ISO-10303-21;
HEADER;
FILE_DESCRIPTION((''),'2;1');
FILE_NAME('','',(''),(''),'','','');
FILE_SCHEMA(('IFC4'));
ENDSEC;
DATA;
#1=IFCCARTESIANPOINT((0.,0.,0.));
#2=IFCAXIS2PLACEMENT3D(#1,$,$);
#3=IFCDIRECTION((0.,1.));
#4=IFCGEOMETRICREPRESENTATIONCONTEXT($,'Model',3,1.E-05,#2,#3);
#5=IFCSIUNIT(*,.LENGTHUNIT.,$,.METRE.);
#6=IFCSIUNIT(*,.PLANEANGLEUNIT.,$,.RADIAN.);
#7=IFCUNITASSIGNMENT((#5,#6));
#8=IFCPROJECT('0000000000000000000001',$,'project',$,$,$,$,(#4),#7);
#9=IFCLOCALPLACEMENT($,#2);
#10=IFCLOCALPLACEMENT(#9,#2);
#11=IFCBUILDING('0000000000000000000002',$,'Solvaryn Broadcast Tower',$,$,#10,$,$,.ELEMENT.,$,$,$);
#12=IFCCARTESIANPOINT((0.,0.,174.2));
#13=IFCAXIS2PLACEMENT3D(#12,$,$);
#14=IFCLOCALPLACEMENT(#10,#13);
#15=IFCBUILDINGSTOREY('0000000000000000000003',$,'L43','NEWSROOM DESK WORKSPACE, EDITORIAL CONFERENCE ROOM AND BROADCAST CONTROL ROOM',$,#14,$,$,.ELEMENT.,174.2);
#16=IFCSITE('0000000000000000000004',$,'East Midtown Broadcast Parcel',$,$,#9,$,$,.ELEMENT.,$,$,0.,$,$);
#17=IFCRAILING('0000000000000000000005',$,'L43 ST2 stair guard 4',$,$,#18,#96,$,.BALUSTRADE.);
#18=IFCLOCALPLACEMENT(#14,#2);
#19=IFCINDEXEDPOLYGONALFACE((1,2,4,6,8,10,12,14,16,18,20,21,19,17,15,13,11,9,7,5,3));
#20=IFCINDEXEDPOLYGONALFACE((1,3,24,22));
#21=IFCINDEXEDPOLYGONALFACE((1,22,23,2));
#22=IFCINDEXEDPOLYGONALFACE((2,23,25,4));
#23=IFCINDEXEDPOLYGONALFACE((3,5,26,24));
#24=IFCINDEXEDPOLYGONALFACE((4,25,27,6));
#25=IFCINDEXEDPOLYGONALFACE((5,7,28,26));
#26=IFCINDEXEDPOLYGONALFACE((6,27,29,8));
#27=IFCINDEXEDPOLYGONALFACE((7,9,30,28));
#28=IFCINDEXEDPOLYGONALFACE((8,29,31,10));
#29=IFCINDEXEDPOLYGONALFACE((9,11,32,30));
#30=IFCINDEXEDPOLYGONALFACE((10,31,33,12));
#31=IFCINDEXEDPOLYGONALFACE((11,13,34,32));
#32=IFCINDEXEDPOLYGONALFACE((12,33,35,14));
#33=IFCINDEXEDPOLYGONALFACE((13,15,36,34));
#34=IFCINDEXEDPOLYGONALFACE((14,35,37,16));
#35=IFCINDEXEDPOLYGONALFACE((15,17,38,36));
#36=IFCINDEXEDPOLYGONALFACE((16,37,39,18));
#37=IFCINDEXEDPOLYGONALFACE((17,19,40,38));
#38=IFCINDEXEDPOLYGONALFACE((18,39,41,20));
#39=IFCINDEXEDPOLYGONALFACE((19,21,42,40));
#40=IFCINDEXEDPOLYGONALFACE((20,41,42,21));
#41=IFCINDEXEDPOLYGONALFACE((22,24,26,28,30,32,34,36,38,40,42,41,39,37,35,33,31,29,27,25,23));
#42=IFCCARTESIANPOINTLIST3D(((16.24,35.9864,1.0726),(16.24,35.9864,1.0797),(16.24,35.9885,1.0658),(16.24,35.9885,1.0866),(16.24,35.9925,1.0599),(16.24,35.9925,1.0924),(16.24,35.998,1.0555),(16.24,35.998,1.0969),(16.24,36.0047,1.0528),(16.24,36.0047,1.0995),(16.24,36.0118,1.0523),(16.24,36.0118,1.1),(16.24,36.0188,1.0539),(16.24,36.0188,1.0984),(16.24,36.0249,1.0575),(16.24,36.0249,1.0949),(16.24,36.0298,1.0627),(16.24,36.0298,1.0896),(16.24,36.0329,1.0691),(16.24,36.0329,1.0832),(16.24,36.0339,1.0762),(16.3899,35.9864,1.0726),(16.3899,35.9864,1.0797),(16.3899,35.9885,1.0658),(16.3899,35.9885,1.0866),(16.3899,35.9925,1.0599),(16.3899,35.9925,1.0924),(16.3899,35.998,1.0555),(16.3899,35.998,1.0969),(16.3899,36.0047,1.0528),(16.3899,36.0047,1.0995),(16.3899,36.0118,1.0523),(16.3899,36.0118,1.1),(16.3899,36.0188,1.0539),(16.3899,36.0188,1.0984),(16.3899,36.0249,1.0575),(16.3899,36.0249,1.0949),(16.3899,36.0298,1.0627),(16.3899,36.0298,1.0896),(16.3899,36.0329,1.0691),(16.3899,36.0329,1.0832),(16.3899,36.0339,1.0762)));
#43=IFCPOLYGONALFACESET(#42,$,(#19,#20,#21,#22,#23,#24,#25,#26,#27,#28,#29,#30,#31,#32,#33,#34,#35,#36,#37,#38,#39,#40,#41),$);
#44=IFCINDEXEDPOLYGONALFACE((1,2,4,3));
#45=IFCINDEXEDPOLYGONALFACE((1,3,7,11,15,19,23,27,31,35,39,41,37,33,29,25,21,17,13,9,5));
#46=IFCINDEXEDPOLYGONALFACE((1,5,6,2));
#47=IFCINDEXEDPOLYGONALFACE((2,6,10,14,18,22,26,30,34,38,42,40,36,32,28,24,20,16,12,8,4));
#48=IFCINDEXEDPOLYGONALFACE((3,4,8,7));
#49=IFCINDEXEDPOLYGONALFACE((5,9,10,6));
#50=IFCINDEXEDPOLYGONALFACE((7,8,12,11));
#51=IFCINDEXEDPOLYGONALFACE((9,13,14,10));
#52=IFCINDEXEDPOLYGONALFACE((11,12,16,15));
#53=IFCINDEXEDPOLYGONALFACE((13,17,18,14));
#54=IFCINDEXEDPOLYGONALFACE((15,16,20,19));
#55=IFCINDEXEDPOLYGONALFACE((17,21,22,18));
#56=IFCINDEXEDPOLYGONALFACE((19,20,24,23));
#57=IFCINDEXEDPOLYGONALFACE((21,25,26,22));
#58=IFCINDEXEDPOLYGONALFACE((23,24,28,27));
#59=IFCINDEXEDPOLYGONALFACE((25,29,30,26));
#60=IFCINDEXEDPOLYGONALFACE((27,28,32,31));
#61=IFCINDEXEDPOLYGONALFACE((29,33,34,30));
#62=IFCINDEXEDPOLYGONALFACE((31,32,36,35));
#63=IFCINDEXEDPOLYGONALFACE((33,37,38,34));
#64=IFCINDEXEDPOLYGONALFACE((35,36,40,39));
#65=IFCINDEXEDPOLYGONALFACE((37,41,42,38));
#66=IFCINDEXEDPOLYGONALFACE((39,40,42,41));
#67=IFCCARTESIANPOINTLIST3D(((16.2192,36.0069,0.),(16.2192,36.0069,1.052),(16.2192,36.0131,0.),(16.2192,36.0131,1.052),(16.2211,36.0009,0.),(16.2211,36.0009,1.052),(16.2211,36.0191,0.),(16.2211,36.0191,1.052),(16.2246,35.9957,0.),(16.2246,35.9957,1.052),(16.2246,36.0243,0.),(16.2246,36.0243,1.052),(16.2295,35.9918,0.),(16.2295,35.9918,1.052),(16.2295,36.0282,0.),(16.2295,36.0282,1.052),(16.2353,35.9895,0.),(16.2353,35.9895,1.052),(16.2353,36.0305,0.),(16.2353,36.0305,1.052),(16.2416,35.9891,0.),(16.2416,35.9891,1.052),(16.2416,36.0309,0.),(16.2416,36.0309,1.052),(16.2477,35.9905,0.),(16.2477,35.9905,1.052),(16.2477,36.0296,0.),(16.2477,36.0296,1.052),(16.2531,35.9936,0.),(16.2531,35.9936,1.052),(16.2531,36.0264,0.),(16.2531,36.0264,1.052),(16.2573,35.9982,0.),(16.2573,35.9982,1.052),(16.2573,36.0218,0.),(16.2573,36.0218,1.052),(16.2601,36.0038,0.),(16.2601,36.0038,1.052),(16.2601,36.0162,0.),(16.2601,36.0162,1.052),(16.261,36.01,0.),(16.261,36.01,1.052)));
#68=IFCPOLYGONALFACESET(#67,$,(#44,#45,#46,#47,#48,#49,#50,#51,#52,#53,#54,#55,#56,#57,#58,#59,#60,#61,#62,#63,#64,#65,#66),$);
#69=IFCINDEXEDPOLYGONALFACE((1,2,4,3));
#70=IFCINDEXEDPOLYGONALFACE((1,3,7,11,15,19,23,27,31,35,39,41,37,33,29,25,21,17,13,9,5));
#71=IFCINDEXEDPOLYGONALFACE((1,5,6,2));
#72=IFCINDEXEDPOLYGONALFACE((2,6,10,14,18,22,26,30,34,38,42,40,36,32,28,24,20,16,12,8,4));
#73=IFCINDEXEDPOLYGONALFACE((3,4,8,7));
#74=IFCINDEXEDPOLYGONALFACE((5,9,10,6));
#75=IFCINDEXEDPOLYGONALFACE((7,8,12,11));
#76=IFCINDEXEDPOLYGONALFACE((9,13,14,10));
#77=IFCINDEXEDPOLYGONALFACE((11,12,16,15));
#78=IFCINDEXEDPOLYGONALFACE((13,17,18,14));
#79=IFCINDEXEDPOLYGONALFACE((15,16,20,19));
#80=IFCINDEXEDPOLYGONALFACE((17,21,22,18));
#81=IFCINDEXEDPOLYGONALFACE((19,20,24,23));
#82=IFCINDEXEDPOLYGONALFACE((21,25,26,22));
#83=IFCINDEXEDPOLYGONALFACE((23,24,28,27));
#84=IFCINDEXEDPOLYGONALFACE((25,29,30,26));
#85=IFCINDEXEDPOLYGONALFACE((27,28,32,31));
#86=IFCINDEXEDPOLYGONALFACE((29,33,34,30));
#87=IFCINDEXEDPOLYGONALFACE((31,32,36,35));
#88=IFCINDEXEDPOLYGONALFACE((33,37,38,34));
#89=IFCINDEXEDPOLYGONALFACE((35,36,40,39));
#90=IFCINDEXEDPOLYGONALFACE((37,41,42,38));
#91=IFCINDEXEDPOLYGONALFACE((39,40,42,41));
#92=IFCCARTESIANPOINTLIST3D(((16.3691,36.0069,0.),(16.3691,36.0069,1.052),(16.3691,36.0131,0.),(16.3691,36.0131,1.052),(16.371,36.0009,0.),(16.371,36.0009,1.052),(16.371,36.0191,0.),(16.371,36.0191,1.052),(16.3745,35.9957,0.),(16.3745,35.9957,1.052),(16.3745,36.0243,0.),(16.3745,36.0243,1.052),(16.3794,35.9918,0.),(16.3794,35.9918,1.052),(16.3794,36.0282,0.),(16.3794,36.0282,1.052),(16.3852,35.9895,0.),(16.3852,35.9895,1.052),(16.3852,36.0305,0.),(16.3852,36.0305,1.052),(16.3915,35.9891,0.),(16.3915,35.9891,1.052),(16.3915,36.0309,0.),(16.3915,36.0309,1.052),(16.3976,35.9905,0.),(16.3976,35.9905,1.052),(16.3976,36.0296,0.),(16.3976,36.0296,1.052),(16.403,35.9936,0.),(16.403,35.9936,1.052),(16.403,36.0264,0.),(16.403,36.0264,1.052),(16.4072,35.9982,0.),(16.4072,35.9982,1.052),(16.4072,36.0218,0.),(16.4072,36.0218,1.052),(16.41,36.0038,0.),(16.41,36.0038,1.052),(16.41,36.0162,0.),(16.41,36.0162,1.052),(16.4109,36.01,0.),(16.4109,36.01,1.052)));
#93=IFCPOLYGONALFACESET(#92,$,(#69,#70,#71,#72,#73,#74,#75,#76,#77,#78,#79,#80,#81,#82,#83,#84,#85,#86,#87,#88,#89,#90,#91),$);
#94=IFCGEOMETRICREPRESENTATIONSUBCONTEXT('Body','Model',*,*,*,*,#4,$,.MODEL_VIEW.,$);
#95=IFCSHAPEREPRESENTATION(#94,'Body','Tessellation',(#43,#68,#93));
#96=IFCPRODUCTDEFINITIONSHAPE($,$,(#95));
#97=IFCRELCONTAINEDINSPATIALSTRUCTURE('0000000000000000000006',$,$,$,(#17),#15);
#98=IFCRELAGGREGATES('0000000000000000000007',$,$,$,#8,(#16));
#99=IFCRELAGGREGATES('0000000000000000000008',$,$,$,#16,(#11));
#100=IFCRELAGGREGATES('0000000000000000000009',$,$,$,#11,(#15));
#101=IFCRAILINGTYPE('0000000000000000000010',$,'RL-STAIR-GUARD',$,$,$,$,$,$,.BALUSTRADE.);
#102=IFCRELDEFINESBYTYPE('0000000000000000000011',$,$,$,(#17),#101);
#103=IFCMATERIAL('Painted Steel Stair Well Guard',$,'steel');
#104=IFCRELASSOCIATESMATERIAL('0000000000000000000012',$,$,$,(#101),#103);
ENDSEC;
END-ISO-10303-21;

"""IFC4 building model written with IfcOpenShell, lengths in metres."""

from ifc_helpers import new_model, si_unit, direction, frame, origin, origin_2d, place, context, subcontext, project, spatial, circle, extrude, material, type_object, element, save


model = new_model("IFC4")

# Units and contexts
model_context = context("Model", 3, precision=1e-05, world=origin(), true_north=direction((0.0, 1.0)))
body_context = subcontext(model_context, "Body", "Model", "MODEL_VIEW")
ifc_project = project(units=[si_unit("LENGTHUNIT", "METRE"), si_unit("PLANEANGLEUNIT", "RADIAN")], contexts=[model_context])

# Site, building, storey
site_placement = place(None, origin())
site = spatial("IfcSite", under=ifc_project, at=site_placement, Name="East Midtown Broadcast Parcel", CompositionType="ELEMENT", RefElevation=0.0)
building_placement = place(site_placement, origin())
building = spatial("IfcBuilding", under=site, at=building_placement, Name="Solvaryn Broadcast Tower", CompositionType="ELEMENT")
storey_placement = place(building_placement, frame((0.0, 0.0, 174.2)))
storey = spatial("IfcBuildingStorey", under=building, at=storey_placement, Name="L43", Description="NEWSROOM DESK WORKSPACE, EDITORIAL CONFERENCE ROOM AND BROADCAST CONTROL ROOM", CompositionType="ELEMENT", Elevation=174.2)

# Railing
ifc_material_1 = material(Name="Painted Steel Stair Well Guard", Category="steel")
railing_type_1 = type_object("IfcRailingType", Name="RL-STAIR-GUARD", PredefinedType="BALUSTRADE", material=ifc_material_1)
railing_1_placement = place(storey_placement, frame((16.24, 36.01, 0.0)))
element("IfcRailing", 1, at=railing_1_placement, inside=storey, type_object=railing_type_1, Name="L43 ST2 stair guard 4", PredefinedType="BALUSTRADE", context=body_context, shape_type="SweptSolid", body=[
    extrude(circle(Radius=0.0239, at=origin_2d()), frame((0.0, 0.0, 1.0762), z_axis=(1.0, 0.0, 0.0), x_axis=(0.0, 1.0, 0.0)), (0.0, 0.0, 1.0), 0.1499),
    extrude(circle(Radius=0.021, at=origin_2d()), origin(), (0.0, 0.0, 1.0), 1.052),
    extrude(circle(Radius=0.021, at=origin_2d()), frame((0.1499, 0.0, 0.0)), (0.0, 0.0, 1.0), 1.052),
])

save(model, "model.ifc")
